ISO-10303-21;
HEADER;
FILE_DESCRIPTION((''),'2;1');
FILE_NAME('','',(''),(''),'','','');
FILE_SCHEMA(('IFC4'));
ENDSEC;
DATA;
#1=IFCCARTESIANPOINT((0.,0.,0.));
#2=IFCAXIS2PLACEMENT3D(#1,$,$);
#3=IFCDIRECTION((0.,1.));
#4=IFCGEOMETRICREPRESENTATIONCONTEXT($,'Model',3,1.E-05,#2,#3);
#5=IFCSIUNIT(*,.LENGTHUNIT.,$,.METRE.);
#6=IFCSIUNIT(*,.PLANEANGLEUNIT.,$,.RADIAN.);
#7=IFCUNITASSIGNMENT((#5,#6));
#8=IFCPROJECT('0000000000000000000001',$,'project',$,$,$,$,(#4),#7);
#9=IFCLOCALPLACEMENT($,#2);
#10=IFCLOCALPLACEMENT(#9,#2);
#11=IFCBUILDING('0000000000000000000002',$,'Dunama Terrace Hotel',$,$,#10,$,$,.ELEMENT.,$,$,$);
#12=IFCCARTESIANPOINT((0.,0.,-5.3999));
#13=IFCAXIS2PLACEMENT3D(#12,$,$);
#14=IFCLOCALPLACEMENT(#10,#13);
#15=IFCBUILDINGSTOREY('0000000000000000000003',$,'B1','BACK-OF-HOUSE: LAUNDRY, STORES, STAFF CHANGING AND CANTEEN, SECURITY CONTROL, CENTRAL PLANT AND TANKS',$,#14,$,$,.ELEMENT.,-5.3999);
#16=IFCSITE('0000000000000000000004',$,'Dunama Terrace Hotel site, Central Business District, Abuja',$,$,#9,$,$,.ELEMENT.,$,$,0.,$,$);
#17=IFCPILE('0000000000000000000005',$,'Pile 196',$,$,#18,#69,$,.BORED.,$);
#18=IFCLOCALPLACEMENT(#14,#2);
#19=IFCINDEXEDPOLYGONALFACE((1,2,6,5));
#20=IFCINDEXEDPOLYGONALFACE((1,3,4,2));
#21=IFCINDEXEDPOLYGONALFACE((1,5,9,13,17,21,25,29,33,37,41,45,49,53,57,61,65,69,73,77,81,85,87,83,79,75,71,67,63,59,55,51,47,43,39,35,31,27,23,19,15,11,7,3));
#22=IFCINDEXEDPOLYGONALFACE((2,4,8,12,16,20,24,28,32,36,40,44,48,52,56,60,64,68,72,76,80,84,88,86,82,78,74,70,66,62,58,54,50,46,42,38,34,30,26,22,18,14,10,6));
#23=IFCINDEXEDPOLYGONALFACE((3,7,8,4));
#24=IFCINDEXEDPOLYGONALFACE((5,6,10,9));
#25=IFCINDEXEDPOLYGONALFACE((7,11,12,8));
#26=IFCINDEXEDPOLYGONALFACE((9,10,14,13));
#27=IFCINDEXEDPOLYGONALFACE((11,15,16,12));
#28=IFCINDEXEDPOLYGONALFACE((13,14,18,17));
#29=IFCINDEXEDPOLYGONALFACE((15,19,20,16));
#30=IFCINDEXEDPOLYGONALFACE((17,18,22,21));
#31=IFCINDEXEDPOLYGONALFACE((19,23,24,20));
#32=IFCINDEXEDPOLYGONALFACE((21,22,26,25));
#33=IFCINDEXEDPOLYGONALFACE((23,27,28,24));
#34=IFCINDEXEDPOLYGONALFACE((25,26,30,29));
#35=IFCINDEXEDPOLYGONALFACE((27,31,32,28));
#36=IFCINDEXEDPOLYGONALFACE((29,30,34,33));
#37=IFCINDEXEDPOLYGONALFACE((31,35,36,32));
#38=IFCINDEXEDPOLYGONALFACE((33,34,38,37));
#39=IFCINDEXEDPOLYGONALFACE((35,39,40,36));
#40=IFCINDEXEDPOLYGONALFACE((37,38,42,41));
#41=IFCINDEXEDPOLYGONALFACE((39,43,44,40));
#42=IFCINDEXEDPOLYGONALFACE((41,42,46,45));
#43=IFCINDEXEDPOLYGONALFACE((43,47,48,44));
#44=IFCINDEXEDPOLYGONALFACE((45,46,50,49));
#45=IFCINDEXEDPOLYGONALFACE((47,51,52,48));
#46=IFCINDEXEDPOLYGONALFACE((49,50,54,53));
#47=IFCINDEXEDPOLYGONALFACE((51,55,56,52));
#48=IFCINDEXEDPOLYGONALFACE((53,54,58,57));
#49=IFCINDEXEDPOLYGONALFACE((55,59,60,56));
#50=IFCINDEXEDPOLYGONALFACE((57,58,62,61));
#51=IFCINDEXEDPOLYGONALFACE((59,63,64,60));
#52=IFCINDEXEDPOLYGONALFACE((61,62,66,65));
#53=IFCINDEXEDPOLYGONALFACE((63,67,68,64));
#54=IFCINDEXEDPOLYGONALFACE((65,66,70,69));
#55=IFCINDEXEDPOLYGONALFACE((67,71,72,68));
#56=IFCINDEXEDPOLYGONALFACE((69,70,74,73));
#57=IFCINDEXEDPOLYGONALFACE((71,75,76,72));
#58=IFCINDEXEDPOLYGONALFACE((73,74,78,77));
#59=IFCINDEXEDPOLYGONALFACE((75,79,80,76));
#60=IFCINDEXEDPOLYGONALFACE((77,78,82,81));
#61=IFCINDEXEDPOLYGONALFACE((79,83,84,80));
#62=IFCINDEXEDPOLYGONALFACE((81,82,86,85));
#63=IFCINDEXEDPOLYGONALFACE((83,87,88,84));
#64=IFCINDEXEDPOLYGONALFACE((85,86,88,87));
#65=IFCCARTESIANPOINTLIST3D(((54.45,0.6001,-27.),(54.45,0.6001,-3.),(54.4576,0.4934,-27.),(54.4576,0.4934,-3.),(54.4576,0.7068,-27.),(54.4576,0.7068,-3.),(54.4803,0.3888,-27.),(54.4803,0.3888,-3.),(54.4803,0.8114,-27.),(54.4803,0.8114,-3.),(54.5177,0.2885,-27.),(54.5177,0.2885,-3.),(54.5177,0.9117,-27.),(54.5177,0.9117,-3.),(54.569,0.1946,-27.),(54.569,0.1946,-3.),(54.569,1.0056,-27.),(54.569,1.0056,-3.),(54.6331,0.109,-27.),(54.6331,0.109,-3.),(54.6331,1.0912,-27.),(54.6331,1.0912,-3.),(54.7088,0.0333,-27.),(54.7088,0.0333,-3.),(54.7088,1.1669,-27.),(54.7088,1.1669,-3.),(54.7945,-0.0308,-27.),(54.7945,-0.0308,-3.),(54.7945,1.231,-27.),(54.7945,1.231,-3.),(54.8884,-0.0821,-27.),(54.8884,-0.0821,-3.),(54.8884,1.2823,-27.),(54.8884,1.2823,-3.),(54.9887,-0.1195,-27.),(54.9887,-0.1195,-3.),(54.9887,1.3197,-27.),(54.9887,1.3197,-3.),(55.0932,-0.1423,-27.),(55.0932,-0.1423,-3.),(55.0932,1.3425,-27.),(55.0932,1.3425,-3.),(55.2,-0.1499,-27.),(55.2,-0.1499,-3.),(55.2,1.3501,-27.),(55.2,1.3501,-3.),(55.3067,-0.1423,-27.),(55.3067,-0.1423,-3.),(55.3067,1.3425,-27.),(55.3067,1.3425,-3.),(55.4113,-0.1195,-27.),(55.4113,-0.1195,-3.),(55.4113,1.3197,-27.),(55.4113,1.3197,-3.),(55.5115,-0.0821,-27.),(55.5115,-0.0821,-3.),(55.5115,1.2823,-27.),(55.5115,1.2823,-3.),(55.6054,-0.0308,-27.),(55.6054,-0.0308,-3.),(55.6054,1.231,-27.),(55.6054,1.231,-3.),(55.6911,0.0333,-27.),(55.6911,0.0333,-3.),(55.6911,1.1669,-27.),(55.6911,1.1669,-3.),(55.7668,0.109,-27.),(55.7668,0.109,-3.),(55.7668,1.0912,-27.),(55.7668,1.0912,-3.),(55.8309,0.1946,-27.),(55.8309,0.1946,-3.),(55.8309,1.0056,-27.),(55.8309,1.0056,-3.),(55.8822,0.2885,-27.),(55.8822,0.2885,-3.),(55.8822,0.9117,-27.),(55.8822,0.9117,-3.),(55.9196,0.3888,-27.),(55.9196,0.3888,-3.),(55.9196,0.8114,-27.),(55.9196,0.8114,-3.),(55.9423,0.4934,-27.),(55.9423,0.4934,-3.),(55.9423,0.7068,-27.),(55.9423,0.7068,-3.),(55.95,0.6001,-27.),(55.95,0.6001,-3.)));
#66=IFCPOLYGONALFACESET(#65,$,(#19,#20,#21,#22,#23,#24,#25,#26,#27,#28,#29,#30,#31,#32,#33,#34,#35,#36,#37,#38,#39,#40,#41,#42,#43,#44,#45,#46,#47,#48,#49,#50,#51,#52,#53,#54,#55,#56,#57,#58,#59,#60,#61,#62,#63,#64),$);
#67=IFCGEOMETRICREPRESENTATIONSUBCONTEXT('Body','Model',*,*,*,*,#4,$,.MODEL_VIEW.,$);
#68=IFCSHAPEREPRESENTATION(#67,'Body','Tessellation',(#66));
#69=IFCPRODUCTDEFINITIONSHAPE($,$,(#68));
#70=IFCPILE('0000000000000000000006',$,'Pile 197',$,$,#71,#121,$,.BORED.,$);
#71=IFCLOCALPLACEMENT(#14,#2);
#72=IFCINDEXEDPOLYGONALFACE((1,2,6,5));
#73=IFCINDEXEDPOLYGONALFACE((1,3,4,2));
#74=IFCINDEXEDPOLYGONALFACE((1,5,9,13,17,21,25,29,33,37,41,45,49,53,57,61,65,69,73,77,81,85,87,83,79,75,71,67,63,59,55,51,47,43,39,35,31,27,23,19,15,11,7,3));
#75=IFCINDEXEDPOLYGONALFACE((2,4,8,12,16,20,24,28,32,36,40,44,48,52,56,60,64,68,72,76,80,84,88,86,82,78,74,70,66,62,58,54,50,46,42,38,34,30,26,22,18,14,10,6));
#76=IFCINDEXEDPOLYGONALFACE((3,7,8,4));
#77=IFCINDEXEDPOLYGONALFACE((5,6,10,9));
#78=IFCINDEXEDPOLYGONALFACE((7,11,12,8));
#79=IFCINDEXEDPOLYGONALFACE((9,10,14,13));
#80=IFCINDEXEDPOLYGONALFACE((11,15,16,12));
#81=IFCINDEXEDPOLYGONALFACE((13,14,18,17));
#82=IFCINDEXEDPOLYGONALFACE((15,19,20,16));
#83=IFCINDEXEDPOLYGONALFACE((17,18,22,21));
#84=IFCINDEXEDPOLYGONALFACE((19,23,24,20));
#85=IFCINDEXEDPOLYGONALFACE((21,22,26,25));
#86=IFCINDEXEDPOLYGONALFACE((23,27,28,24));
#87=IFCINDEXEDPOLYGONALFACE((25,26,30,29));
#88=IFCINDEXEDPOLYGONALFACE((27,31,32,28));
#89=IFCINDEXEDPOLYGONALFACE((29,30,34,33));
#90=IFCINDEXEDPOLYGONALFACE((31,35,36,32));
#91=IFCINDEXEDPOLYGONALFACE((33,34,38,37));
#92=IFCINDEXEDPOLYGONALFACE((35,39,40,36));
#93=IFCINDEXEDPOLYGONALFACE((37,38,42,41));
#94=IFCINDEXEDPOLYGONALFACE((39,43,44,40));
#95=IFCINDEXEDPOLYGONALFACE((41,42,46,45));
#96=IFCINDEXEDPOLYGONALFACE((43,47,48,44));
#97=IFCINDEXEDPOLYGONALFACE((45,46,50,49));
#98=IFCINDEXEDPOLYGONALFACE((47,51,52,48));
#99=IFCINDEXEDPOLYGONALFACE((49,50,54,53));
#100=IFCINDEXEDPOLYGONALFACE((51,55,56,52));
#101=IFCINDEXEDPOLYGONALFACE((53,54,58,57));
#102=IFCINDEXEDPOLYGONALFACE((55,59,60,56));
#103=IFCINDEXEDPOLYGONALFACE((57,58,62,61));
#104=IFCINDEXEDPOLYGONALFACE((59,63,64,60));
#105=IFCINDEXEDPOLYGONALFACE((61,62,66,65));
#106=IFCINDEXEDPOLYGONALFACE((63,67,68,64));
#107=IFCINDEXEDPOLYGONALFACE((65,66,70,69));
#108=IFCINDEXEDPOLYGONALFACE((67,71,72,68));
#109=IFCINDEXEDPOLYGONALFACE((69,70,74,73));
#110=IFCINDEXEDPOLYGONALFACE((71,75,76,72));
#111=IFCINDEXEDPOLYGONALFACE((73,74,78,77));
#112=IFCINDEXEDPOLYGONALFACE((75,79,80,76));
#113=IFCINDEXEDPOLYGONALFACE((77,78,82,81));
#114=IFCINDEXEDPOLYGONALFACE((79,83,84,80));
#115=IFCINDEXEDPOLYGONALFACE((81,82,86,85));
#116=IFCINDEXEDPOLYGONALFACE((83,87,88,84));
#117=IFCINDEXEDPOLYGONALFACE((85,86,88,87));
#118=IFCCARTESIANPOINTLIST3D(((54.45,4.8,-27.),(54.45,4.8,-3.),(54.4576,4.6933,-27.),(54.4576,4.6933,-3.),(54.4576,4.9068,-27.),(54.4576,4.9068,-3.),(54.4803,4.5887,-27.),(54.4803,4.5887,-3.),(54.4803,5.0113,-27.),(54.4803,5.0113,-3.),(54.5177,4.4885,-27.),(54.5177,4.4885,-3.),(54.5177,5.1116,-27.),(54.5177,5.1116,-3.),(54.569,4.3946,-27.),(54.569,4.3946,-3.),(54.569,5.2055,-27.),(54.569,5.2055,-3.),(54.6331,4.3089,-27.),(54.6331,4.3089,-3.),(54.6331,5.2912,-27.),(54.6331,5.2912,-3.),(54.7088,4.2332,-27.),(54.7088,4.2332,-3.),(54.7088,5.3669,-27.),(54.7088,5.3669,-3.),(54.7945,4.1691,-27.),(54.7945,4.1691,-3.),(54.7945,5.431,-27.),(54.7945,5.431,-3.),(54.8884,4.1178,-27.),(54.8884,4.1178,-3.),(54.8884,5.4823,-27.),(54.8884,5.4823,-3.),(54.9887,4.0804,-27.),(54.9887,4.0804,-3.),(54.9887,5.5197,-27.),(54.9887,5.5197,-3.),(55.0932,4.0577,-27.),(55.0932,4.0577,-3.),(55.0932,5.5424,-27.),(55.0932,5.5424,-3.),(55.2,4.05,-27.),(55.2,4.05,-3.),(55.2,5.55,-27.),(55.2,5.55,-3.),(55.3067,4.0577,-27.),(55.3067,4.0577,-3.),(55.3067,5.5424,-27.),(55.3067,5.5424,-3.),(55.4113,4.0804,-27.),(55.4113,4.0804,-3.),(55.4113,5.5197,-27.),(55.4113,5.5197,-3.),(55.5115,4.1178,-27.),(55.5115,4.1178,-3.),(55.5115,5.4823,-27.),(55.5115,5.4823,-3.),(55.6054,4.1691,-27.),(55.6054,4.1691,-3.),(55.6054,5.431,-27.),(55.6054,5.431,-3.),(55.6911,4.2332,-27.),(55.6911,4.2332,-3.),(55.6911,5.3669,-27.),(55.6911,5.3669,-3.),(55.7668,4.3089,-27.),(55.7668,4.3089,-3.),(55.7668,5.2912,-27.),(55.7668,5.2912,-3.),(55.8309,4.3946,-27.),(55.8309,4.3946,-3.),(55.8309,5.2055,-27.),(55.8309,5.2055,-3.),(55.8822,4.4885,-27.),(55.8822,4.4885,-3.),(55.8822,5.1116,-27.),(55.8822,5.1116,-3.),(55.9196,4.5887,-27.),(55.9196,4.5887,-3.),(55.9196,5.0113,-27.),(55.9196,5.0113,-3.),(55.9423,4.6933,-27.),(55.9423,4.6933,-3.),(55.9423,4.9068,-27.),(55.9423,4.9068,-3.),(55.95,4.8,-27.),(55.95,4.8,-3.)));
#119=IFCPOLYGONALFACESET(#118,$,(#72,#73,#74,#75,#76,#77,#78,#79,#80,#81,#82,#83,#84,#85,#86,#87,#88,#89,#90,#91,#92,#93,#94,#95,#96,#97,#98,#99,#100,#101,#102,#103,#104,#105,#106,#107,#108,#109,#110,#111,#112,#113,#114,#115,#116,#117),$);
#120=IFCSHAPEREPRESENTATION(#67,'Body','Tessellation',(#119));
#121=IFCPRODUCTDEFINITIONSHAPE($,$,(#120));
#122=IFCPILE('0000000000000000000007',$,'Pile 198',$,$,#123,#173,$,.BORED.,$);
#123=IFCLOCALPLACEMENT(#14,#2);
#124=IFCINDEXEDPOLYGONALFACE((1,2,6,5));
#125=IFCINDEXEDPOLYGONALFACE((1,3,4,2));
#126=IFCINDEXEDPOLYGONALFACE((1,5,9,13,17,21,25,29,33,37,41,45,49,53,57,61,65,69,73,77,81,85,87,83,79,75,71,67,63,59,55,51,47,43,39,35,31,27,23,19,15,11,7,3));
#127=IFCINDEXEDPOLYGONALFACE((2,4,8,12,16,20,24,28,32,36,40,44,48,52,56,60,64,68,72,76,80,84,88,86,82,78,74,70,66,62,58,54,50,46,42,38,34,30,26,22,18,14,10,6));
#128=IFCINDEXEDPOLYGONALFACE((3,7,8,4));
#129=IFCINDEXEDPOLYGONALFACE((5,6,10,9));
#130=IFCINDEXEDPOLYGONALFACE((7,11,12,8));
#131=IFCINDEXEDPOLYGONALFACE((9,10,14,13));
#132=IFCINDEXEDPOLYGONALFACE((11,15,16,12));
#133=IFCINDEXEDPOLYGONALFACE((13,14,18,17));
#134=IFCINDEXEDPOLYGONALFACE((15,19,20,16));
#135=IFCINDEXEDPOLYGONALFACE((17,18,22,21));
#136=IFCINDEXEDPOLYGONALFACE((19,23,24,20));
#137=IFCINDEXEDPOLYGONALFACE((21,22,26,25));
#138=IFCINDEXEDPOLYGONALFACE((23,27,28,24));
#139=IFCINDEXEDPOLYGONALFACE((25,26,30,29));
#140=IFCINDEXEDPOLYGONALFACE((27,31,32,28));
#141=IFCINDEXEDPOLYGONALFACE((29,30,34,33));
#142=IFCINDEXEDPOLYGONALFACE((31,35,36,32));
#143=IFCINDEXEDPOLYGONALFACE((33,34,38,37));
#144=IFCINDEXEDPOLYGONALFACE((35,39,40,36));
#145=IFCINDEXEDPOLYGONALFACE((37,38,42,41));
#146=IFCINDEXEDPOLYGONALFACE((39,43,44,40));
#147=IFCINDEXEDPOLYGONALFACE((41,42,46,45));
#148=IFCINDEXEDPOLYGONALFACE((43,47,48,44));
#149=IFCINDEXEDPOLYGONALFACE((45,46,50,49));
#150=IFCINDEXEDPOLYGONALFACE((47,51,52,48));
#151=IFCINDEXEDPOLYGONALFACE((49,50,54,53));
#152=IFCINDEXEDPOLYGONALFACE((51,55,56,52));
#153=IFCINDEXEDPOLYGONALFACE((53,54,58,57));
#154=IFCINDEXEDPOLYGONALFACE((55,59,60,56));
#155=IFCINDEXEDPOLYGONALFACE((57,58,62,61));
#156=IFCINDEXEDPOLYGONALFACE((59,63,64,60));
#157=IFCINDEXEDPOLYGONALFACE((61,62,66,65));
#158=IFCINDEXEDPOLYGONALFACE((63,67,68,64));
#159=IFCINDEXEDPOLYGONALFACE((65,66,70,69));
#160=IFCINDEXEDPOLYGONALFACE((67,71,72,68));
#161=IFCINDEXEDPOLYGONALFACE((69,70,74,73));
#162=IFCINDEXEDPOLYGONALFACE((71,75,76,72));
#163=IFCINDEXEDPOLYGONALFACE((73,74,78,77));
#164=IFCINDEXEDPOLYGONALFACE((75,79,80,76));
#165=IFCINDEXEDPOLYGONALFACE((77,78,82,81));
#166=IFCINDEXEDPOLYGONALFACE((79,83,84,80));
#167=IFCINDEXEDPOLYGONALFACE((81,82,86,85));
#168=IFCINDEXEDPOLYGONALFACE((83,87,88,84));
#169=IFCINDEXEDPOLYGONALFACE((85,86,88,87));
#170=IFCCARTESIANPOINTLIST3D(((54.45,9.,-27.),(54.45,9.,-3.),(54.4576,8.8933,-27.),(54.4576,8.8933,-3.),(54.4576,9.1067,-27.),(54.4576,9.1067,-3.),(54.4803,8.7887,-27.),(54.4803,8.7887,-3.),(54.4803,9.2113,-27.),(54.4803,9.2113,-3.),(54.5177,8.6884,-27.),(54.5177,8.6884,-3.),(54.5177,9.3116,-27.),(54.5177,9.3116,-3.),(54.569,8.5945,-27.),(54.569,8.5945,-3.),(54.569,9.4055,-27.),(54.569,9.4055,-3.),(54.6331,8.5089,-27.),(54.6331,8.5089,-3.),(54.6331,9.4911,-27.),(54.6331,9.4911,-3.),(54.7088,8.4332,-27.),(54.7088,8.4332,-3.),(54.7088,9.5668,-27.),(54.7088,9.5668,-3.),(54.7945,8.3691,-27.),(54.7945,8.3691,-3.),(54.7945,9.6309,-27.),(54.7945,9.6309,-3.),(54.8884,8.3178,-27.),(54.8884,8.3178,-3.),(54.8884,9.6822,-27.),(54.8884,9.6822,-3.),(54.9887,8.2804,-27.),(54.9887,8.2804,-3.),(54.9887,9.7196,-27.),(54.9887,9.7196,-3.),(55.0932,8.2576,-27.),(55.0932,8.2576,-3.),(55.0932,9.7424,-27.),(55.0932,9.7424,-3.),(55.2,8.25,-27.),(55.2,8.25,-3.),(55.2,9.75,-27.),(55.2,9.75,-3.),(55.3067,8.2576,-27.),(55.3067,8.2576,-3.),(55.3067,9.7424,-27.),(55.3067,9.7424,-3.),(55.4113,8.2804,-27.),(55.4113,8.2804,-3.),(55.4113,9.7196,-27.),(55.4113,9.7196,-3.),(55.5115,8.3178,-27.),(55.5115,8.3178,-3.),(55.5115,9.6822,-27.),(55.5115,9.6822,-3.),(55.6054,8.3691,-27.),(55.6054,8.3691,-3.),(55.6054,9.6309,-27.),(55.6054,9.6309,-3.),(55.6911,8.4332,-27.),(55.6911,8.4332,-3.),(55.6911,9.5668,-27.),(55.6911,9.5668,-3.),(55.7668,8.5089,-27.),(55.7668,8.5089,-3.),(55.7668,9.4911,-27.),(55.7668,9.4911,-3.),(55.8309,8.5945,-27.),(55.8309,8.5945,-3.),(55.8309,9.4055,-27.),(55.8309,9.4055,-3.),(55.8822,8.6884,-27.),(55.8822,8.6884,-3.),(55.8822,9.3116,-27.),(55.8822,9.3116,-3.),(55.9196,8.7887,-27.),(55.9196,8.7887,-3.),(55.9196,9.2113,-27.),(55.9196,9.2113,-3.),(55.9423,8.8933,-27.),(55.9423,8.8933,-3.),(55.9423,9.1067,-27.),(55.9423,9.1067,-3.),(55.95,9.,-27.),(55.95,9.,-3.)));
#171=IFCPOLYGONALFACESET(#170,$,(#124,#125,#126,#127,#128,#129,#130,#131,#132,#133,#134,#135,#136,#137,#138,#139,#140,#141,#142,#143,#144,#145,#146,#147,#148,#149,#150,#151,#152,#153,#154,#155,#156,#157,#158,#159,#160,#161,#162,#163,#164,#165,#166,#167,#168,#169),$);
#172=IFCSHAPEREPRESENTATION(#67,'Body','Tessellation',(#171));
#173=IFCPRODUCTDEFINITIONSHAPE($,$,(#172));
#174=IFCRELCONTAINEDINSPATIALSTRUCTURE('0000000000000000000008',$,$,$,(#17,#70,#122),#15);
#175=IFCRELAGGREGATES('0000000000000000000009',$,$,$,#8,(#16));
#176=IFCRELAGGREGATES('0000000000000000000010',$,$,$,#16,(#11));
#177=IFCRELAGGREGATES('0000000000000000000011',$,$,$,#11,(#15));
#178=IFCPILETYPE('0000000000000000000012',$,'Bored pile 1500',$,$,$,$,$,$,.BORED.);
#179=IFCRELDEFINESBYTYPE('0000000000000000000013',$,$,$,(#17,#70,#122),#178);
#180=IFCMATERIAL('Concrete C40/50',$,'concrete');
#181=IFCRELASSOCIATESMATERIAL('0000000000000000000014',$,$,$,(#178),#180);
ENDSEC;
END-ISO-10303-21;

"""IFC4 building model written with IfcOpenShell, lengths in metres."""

from ifc_helpers import new_model, si_unit, direction, frame, origin, origin_2d, place, context, subcontext, project, spatial, circle, extrude, material, material_profile, profile_set, type_object, element, save


model = new_model("IFC4")

# Units and contexts
model_context = context("Model", 3, precision=1e-05, world=origin(), true_north=direction((0.0, 1.0)))
body_context = subcontext(model_context, "Body", "Model", "MODEL_VIEW")
ifc_project = project(units=[si_unit("LENGTHUNIT", "METRE"), si_unit("PLANEANGLEUNIT", "RADIAN")], contexts=[model_context])

# Site, building, storey
site_placement = place(None, origin())
site = spatial("IfcSite", under=ifc_project, at=site_placement, Name="Dunama Terrace Hotel site, Central Business District, Abuja", CompositionType="ELEMENT", RefElevation=0.0)
building_placement = place(site_placement, origin())
building = spatial("IfcBuilding", under=site, at=building_placement, Name="Dunama Terrace Hotel", CompositionType="ELEMENT")
storey_placement = place(building_placement, frame((0.0, 0.0, -5.3999)))
storey = spatial("IfcBuildingStorey", under=building, at=storey_placement, Name="B1", Description="BACK-OF-HOUSE: LAUNDRY, STORES, STAFF CHANGING AND CANTEEN, SECURITY CONTROL, CENTRAL PLANT AND TANKS", CompositionType="ELEMENT", Elevation=-5.3999)

# Piles
ifc_material_1 = material(Name="Concrete C40/50", Category="concrete")
ifc_material_profile_1 = material_profile(ifc_material_1, circle(Radius=0.75, at=origin_2d()), Name="PILE D1500")
ifc_profile_set_1 = profile_set([ifc_material_profile_1], Name="Concrete C40/50")
pile_type = type_object("IfcPileType", Name="Bored pile 1500", PredefinedType="BORED", material=ifc_profile_set_1)
for number, where, z_axis, x_axis, name in (
    (1, (55.2, 0.6001, -3.0), (0.0, 0.0, -1.0), (1.0, 0.0, 0.0), "Pile 196"),
    (2, (55.2, 4.8, -3.0), (0.0, 0.0, -1.0), (1.0, 0.0, 0.0), "Pile 197"),
    (3, (55.2, 9.0, -3.0), (0.0, 0.0, -1.0), (1.0, 0.0, 0.0), "Pile 198"),
):
    element("IfcPile", number, at=place(storey_placement, frame(where, z_axis=z_axis, x_axis=x_axis)), inside=storey, type_object=pile_type, Name=name, PredefinedType="BORED", context=body_context, shape_type="SweptSolid", body=[
        extrude(circle(Radius=0.75, at=origin_2d()), origin(), (0.0, 0.0, 1.0), 24.0),
    ])

save(model, "model.ifc")
